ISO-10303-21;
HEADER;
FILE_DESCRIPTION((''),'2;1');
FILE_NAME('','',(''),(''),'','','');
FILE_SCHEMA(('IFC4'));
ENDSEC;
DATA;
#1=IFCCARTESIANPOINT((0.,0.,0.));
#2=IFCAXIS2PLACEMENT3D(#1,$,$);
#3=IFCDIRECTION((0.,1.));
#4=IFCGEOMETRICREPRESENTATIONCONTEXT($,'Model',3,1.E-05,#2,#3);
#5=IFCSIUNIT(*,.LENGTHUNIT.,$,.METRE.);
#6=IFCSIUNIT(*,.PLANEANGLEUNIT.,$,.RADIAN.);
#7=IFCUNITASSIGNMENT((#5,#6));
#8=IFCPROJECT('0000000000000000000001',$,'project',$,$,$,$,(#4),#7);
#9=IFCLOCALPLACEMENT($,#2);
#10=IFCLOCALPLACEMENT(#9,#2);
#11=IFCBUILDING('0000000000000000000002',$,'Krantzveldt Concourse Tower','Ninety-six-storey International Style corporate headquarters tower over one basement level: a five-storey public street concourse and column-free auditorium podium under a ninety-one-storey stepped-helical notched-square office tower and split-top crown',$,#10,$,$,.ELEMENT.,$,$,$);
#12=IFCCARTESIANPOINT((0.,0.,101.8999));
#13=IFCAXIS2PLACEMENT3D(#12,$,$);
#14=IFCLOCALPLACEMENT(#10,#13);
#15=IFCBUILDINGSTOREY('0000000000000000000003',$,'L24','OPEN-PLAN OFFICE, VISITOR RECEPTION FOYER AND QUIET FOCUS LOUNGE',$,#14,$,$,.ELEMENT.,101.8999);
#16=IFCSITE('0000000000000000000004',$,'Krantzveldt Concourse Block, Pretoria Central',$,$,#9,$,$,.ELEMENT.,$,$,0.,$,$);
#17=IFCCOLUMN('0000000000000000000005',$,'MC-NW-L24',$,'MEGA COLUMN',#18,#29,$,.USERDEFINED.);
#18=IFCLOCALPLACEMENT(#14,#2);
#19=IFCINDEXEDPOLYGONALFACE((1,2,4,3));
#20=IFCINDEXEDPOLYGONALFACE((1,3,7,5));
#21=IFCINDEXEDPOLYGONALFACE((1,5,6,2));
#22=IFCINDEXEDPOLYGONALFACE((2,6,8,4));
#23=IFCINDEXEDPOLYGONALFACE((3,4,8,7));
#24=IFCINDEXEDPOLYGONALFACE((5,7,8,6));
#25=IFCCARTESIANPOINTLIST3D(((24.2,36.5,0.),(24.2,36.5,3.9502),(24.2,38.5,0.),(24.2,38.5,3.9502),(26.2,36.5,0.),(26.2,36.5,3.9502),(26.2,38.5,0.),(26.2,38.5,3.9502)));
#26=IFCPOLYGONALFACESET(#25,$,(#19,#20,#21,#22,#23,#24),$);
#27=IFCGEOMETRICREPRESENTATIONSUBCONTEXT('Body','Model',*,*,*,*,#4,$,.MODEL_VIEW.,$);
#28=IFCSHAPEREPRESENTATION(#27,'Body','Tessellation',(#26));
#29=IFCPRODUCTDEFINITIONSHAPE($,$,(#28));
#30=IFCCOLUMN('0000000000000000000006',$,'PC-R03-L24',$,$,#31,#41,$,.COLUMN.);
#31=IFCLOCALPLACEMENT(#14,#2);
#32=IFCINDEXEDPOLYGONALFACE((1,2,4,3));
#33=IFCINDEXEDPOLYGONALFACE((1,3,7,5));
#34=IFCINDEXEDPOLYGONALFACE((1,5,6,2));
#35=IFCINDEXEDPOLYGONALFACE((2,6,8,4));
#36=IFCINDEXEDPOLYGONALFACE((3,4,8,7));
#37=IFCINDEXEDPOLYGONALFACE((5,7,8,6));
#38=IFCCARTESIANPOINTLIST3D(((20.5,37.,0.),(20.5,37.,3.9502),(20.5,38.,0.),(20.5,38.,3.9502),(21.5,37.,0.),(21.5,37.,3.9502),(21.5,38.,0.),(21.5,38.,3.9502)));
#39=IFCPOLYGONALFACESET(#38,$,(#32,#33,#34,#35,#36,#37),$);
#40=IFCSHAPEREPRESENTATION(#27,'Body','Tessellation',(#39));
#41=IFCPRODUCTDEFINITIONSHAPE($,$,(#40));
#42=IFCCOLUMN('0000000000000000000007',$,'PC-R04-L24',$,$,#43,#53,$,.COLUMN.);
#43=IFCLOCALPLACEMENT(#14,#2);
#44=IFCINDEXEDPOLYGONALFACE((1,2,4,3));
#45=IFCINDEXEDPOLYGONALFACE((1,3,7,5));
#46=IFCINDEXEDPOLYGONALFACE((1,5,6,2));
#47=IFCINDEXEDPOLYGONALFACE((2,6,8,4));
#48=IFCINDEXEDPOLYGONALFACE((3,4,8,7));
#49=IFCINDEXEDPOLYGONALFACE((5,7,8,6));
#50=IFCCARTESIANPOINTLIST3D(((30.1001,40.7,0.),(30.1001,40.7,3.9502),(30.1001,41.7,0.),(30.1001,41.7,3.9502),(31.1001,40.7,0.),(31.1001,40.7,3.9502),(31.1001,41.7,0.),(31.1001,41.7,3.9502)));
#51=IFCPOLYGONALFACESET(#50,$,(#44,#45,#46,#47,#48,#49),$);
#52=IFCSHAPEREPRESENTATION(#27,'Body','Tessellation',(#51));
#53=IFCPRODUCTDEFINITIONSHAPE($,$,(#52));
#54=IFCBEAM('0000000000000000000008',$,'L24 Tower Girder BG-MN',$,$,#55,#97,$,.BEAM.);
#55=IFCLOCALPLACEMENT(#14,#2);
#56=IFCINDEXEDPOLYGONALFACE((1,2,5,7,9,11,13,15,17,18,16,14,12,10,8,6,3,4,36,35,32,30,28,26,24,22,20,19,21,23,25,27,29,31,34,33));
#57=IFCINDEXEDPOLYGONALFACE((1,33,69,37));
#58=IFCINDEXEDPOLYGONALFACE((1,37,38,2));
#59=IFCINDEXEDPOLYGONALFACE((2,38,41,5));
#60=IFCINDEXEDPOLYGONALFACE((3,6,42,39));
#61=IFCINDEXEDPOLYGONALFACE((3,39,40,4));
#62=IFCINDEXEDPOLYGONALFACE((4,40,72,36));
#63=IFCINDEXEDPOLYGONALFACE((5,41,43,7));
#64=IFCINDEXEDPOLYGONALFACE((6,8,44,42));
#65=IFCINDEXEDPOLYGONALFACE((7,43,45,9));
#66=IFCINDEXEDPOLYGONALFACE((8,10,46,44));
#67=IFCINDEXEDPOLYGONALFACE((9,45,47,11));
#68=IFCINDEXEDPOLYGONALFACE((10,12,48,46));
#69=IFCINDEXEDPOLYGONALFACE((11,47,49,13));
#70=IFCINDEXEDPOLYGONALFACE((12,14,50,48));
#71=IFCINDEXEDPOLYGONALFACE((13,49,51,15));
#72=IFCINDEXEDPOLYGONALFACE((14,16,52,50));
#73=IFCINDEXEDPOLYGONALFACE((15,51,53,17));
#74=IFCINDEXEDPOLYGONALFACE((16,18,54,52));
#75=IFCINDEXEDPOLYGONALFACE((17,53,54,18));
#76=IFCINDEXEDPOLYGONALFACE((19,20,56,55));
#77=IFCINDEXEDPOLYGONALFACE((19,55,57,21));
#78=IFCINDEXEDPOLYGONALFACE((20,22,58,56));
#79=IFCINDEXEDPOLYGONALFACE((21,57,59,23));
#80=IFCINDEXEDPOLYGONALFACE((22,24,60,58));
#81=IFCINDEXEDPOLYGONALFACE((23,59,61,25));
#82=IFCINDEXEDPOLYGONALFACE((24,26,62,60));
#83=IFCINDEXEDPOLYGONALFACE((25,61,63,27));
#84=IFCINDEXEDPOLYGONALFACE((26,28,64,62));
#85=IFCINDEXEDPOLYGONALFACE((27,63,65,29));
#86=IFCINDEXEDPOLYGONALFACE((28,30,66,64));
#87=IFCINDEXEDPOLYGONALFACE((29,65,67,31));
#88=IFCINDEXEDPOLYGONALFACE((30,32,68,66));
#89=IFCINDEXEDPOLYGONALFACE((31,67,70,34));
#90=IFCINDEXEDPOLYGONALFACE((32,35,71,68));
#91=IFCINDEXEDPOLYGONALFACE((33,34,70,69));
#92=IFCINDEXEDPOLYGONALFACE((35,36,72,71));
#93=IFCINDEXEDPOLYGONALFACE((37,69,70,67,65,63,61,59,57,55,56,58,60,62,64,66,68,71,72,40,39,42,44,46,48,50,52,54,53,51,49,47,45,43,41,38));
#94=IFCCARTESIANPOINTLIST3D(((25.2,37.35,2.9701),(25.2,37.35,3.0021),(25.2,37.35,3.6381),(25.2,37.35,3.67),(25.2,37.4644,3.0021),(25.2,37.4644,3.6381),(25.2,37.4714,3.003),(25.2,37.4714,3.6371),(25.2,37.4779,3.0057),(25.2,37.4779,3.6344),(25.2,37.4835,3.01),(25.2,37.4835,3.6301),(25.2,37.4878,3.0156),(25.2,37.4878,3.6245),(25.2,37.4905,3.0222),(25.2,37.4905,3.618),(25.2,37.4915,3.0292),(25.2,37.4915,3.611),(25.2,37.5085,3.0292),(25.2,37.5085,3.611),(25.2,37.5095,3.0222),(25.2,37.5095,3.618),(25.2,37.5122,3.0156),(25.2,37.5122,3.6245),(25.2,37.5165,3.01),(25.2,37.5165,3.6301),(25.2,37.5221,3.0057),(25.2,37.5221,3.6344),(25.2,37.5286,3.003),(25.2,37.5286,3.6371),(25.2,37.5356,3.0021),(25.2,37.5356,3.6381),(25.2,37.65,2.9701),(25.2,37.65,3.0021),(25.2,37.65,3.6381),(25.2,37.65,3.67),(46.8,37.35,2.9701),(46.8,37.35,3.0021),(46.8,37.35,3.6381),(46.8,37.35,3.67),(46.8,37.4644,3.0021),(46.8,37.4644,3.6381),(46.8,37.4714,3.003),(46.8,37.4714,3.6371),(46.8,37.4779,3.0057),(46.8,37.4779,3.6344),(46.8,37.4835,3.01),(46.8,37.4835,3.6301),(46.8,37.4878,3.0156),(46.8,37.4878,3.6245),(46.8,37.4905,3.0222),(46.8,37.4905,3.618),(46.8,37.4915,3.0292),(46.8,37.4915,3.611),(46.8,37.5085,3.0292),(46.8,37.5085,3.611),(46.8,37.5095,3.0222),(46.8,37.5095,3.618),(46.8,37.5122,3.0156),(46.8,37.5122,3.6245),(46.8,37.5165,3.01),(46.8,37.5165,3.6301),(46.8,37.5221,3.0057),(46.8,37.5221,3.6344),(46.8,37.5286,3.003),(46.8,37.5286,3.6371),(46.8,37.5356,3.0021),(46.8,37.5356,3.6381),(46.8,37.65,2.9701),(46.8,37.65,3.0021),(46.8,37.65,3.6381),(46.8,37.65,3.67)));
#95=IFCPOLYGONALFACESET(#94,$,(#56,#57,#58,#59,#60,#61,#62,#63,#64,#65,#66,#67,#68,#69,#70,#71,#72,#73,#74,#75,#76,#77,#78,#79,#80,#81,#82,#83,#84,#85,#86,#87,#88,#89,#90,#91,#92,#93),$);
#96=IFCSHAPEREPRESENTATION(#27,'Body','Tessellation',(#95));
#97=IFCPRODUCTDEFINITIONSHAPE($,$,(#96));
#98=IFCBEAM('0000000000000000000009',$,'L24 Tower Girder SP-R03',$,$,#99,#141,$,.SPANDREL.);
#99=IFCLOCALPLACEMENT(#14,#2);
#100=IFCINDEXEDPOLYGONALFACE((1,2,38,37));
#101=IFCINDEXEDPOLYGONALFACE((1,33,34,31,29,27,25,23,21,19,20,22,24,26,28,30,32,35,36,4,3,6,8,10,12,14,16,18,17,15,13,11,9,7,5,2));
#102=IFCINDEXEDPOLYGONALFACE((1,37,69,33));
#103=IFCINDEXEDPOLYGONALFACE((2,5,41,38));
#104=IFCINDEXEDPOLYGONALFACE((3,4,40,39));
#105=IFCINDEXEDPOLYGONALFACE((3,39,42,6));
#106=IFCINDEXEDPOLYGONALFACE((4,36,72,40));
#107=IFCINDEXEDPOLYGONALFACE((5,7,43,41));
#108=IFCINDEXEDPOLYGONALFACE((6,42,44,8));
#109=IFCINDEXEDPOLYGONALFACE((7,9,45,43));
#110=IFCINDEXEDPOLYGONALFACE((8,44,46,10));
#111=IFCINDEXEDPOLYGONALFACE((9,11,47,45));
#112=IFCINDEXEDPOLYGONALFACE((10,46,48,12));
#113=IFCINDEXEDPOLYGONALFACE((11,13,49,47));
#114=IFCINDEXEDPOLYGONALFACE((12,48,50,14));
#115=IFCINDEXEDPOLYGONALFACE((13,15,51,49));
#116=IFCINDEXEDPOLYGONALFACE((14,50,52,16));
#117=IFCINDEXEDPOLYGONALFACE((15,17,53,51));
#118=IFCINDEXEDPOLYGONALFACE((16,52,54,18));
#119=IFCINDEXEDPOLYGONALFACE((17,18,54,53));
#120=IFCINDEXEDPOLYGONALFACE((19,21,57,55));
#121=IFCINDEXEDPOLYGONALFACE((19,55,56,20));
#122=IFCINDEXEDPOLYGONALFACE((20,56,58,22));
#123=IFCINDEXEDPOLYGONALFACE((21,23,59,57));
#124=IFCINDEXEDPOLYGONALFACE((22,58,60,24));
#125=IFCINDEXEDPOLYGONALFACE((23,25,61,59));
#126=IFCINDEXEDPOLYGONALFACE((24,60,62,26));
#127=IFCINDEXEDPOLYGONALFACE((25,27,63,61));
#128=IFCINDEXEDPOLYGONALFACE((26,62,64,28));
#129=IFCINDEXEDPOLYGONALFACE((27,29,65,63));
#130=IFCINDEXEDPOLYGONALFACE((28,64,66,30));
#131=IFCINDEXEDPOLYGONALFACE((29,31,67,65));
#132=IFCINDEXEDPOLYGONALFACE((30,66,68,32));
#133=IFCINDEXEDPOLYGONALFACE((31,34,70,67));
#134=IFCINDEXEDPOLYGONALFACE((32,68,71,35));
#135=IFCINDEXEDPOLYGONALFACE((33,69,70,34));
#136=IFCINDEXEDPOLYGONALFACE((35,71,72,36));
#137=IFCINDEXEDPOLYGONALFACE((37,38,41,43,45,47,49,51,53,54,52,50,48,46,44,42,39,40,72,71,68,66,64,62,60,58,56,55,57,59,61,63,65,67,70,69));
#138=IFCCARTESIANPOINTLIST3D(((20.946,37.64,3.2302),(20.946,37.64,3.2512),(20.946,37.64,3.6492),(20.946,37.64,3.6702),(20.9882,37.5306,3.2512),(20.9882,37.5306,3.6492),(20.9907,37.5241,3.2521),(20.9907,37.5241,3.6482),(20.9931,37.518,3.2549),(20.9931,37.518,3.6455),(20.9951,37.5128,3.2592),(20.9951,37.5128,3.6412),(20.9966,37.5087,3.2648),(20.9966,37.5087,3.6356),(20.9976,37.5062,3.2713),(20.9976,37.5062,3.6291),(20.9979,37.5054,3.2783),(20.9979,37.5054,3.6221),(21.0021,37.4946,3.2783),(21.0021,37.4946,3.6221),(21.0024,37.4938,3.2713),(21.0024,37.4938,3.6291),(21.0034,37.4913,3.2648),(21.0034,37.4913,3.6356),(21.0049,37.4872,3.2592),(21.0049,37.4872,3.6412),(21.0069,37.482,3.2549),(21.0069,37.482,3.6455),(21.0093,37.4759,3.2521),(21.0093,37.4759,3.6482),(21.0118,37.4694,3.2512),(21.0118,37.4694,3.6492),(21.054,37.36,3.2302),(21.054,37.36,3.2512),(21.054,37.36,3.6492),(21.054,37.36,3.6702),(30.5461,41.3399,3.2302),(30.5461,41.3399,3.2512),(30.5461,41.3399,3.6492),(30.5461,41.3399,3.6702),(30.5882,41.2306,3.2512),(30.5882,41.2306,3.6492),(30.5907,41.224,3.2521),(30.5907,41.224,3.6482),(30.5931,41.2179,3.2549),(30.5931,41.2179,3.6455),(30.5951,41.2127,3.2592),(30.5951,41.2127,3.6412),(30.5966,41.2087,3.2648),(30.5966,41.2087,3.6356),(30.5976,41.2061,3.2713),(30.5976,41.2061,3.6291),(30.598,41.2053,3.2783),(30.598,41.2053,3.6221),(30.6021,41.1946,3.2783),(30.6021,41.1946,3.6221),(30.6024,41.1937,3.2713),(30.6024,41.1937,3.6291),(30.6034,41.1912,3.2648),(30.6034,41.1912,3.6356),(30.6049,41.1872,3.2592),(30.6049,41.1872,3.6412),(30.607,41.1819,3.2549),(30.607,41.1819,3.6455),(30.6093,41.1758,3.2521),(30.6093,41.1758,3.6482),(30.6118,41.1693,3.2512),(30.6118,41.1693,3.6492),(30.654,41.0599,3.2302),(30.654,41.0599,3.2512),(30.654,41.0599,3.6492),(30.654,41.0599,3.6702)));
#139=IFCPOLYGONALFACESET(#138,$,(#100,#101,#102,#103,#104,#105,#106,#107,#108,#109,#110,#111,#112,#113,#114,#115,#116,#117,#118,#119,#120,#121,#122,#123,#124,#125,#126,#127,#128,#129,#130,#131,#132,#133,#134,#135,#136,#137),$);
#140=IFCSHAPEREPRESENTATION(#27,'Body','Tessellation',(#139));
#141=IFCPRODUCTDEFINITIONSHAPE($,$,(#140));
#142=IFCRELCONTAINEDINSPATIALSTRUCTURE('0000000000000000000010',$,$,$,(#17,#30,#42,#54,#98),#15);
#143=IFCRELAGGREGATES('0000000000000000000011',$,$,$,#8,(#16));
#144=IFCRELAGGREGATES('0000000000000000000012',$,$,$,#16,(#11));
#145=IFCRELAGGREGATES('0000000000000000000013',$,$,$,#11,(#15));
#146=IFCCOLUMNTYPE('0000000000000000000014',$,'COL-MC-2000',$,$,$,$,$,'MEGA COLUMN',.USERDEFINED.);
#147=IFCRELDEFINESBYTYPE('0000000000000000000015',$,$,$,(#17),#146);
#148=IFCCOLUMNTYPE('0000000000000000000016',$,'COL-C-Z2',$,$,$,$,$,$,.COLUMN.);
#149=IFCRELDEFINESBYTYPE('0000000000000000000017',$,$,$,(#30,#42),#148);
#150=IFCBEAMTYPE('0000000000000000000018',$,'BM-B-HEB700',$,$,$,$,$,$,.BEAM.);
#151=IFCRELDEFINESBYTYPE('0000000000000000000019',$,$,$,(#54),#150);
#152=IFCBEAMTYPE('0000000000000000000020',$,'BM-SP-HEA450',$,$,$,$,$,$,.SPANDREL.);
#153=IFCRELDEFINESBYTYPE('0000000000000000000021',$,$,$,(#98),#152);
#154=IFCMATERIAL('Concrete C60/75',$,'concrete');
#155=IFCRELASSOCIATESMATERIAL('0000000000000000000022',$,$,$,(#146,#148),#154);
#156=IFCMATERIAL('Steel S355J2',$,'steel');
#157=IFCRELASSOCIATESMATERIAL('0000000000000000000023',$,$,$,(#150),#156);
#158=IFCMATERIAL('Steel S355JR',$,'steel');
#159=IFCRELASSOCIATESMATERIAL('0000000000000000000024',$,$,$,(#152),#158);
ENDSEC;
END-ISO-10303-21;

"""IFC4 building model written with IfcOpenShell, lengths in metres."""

from ifc_helpers import new_model, si_unit, direction, frame, origin, origin_2d, place, context, subcontext, project, spatial, rectangle, i_section, extrude, source, transform, mapped, material, material_profile, profile_set, type_object, type_shapes, element, save


model = new_model("IFC4")

# Units and contexts
model_context = context("Model", 3, precision=1e-05, world=origin(), true_north=direction((0.0, 1.0)))
body_context = subcontext(model_context, "Body", "Model", "MODEL_VIEW")
ifc_project = project(units=[si_unit("LENGTHUNIT", "METRE"), si_unit("PLANEANGLEUNIT", "RADIAN")], contexts=[model_context])

# Site, building, storey
site_placement = place(None, origin())
site = spatial("IfcSite", under=ifc_project, at=site_placement, Name="Krantzveldt Concourse Block, Pretoria Central", CompositionType="ELEMENT", RefElevation=0.0)
building_placement = place(site_placement, origin())
building = spatial("IfcBuilding", under=site, at=building_placement, Name="Krantzveldt Concourse Tower", Description="Ninety-six-storey International Style corporate headquarters tower over one basement level: a five-storey public street concourse and column-free auditorium podium under a ninety-one-storey stepped-helical notched-square office tower and split-top crown", CompositionType="ELEMENT")
storey_placement = place(building_placement, frame((0.0, 0.0, 101.8999)))
storey = spatial("IfcBuildingStorey", under=building, at=storey_placement, Name="L24", Description="OPEN-PLAN OFFICE, VISITOR RECEPTION FOYER AND QUIET FOCUS LOUNGE", CompositionType="ELEMENT", Elevation=101.8999)

# Columns
ifc_material_1 = material(Name="Concrete C60/75", Category="concrete")
ifc_material_profile_1 = material_profile(ifc_material_1, rectangle(XDim=2.0, YDim=2.0, at=origin_2d()), Name="Concrete C60/75", Category="concrete")
ifc_profile_set_1 = profile_set([ifc_material_profile_1], Name="Concrete C60/75 - RC 2000x2000")
column_type_1 = type_object("IfcColumnType", Name="COL-MC-2000", ElementType="MEGA COLUMN", PredefinedType="USERDEFINED", material=ifc_profile_set_1)
shared_shape_1 = source(origin(), body_context, "Body", "SweptSolid", [
    extrude(rectangle(XDim=2.0, YDim=2.0, at=origin_2d()), origin(), (0.0, 0.0, 1.0), 3.9502),
])
type_shapes(column_type_1, [shared_shape_1])
column_placement = place(storey_placement, frame((25.2, 37.5, 0.0), z_axis=(0.0, 0.0, 1.0), x_axis=(1.0, 0.0, 0.0)))
element("IfcColumn", 1, at=column_placement, inside=storey, type_object=column_type_1, Name="MC-NW-L24", ObjectType="MEGA COLUMN", PredefinedType="USERDEFINED", context=body_context, shape_type="MappedRepresentation", body=[
    mapped(shared_shape_1, transform((0.0, 0.0, 0.0), x_axis=(1.0, 0.0, 0.0), y_axis=(0.0, 1.0, 0.0), z_axis=(0.0, 0.0, 1.0), scale=1.0)),
])
ifc_material_profile_2 = material_profile(ifc_material_1, rectangle(XDim=1.0, YDim=1.0, at=origin_2d()), Name="Concrete C60/75", Category="concrete")
ifc_profile_set_2 = profile_set([ifc_material_profile_2], Name="Concrete C60/75 - RC 1000x1000")
column_type_2 = type_object("IfcColumnType", Name="COL-C-Z2", PredefinedType="COLUMN", material=ifc_profile_set_2)
shared_shape_2 = source(origin(), body_context, "Body", "SweptSolid", [
    extrude(rectangle(XDim=1.0, YDim=1.0, at=origin_2d()), origin(), (0.0, 0.0, 1.0), 3.9502),
])
type_shapes(column_type_2, [shared_shape_2])
for number, where, z_axis, x_axis, name in (
    (2, (21.0, 37.5, 0.0), (0.0, 0.0, 1.0), (1.0, 0.0, 0.0), "PC-R03-L24"),
    (3, (30.6001, 41.2, 0.0), (0.0, 0.0, 1.0), (1.0, 0.0, 0.0), "PC-R04-L24"),
):
    element("IfcColumn", number, at=place(storey_placement, frame(where, z_axis=z_axis, x_axis=x_axis)), inside=storey, type_object=column_type_2, Name=name, PredefinedType="COLUMN", context=body_context, shape_type="MappedRepresentation", body=[
        mapped(shared_shape_2, transform((0.0, 0.0, 0.0), x_axis=(1.0, 0.0, 0.0), y_axis=(0.0, 1.0, 0.0), z_axis=(0.0, 0.0, 1.0), scale=1.0)),
    ])

# Beams
ifc_material_2 = material(Name="Steel S355J2", Category="steel")
ifc_material_profile_3 = material_profile(ifc_material_2, i_section(OverallWidth=0.3, OverallDepth=0.7, WebThickness=0.0171, FlangeThickness=0.032, FilletRadius=0.0271, at=origin_2d()), Name="Steel S355J2", Category="steel")
ifc_profile_set_3 = profile_set([ifc_material_profile_3], Name="Steel S355J2 - HEB 700")
beam_type_1 = type_object("IfcBeamType", Name="BM-B-HEB700", PredefinedType="BEAM", material=ifc_profile_set_3)
shared_shape_3 = source(origin(), body_context, "Body", "SweptSolid", [
    extrude(i_section(OverallWidth=0.3, OverallDepth=0.7, WebThickness=0.0171, FlangeThickness=0.032, FilletRadius=0.0271, at=origin_2d()), origin(), (0.0, 0.0, 1.0), 21.6001),
])
type_shapes(beam_type_1, [shared_shape_3])
beam_1_placement = place(storey_placement, frame((25.2, 37.5, 3.3201), z_axis=(1.0, 0.0, 0.0), x_axis=(0.0, 1.0, 0.0)))
element("IfcBeam", 4, at=beam_1_placement, inside=storey, type_object=beam_type_1, Name="L24 Tower Girder BG-MN", PredefinedType="BEAM", context=body_context, shape_type="MappedRepresentation", body=[
    mapped(shared_shape_3, transform((0.0, 0.0, 0.0), x_axis=(1.0, 0.0, 0.0), y_axis=(0.0, 1.0, 0.0), z_axis=(0.0, 0.0, 1.0), scale=1.0)),
])
ifc_material_3 = material(Name="Steel S355JR", Category="steel")
ifc_material_profile_4 = material_profile(ifc_material_3, i_section(OverallWidth=0.3, OverallDepth=0.4399, WebThickness=0.0115, FlangeThickness=0.021, FilletRadius=0.0271, at=origin_2d()), Name="Steel S355JR", Category="steel")
ifc_profile_set_4 = profile_set([ifc_material_profile_4], Name="Steel S355JR - HEA 450")
beam_type_2 = type_object("IfcBeamType", Name="BM-SP-HEA450", PredefinedType="SPANDREL", material=ifc_profile_set_4)
shared_shape_4 = source(origin(), body_context, "Body", "SweptSolid", [
    extrude(i_section(OverallWidth=0.3, OverallDepth=0.4399, WebThickness=0.0115, FlangeThickness=0.021, FilletRadius=0.0271, at=origin_2d()), origin(), (0.0, 0.0, 1.0), 10.2883),
])
beam_2_placement = place(storey_placement, frame((21.0, 37.5, 3.4502), z_axis=(0.933098, 0.359623, 0.0), x_axis=(-0.359623, 0.933098, 0.0)))
element("IfcBeam", 5, at=beam_2_placement, inside=storey, type_object=beam_type_2, Name="L24 Tower Girder SP-R03", PredefinedType="SPANDREL", context=body_context, shape_type="MappedRepresentation", body=[
    mapped(shared_shape_4, transform((0.0, 0.0, 0.0), x_axis=(1.0, 0.0, 0.0), y_axis=(0.0, 1.0, 0.0), z_axis=(0.0, 0.0, 1.0), scale=1.0)),
])

save(model, "model.ifc")
